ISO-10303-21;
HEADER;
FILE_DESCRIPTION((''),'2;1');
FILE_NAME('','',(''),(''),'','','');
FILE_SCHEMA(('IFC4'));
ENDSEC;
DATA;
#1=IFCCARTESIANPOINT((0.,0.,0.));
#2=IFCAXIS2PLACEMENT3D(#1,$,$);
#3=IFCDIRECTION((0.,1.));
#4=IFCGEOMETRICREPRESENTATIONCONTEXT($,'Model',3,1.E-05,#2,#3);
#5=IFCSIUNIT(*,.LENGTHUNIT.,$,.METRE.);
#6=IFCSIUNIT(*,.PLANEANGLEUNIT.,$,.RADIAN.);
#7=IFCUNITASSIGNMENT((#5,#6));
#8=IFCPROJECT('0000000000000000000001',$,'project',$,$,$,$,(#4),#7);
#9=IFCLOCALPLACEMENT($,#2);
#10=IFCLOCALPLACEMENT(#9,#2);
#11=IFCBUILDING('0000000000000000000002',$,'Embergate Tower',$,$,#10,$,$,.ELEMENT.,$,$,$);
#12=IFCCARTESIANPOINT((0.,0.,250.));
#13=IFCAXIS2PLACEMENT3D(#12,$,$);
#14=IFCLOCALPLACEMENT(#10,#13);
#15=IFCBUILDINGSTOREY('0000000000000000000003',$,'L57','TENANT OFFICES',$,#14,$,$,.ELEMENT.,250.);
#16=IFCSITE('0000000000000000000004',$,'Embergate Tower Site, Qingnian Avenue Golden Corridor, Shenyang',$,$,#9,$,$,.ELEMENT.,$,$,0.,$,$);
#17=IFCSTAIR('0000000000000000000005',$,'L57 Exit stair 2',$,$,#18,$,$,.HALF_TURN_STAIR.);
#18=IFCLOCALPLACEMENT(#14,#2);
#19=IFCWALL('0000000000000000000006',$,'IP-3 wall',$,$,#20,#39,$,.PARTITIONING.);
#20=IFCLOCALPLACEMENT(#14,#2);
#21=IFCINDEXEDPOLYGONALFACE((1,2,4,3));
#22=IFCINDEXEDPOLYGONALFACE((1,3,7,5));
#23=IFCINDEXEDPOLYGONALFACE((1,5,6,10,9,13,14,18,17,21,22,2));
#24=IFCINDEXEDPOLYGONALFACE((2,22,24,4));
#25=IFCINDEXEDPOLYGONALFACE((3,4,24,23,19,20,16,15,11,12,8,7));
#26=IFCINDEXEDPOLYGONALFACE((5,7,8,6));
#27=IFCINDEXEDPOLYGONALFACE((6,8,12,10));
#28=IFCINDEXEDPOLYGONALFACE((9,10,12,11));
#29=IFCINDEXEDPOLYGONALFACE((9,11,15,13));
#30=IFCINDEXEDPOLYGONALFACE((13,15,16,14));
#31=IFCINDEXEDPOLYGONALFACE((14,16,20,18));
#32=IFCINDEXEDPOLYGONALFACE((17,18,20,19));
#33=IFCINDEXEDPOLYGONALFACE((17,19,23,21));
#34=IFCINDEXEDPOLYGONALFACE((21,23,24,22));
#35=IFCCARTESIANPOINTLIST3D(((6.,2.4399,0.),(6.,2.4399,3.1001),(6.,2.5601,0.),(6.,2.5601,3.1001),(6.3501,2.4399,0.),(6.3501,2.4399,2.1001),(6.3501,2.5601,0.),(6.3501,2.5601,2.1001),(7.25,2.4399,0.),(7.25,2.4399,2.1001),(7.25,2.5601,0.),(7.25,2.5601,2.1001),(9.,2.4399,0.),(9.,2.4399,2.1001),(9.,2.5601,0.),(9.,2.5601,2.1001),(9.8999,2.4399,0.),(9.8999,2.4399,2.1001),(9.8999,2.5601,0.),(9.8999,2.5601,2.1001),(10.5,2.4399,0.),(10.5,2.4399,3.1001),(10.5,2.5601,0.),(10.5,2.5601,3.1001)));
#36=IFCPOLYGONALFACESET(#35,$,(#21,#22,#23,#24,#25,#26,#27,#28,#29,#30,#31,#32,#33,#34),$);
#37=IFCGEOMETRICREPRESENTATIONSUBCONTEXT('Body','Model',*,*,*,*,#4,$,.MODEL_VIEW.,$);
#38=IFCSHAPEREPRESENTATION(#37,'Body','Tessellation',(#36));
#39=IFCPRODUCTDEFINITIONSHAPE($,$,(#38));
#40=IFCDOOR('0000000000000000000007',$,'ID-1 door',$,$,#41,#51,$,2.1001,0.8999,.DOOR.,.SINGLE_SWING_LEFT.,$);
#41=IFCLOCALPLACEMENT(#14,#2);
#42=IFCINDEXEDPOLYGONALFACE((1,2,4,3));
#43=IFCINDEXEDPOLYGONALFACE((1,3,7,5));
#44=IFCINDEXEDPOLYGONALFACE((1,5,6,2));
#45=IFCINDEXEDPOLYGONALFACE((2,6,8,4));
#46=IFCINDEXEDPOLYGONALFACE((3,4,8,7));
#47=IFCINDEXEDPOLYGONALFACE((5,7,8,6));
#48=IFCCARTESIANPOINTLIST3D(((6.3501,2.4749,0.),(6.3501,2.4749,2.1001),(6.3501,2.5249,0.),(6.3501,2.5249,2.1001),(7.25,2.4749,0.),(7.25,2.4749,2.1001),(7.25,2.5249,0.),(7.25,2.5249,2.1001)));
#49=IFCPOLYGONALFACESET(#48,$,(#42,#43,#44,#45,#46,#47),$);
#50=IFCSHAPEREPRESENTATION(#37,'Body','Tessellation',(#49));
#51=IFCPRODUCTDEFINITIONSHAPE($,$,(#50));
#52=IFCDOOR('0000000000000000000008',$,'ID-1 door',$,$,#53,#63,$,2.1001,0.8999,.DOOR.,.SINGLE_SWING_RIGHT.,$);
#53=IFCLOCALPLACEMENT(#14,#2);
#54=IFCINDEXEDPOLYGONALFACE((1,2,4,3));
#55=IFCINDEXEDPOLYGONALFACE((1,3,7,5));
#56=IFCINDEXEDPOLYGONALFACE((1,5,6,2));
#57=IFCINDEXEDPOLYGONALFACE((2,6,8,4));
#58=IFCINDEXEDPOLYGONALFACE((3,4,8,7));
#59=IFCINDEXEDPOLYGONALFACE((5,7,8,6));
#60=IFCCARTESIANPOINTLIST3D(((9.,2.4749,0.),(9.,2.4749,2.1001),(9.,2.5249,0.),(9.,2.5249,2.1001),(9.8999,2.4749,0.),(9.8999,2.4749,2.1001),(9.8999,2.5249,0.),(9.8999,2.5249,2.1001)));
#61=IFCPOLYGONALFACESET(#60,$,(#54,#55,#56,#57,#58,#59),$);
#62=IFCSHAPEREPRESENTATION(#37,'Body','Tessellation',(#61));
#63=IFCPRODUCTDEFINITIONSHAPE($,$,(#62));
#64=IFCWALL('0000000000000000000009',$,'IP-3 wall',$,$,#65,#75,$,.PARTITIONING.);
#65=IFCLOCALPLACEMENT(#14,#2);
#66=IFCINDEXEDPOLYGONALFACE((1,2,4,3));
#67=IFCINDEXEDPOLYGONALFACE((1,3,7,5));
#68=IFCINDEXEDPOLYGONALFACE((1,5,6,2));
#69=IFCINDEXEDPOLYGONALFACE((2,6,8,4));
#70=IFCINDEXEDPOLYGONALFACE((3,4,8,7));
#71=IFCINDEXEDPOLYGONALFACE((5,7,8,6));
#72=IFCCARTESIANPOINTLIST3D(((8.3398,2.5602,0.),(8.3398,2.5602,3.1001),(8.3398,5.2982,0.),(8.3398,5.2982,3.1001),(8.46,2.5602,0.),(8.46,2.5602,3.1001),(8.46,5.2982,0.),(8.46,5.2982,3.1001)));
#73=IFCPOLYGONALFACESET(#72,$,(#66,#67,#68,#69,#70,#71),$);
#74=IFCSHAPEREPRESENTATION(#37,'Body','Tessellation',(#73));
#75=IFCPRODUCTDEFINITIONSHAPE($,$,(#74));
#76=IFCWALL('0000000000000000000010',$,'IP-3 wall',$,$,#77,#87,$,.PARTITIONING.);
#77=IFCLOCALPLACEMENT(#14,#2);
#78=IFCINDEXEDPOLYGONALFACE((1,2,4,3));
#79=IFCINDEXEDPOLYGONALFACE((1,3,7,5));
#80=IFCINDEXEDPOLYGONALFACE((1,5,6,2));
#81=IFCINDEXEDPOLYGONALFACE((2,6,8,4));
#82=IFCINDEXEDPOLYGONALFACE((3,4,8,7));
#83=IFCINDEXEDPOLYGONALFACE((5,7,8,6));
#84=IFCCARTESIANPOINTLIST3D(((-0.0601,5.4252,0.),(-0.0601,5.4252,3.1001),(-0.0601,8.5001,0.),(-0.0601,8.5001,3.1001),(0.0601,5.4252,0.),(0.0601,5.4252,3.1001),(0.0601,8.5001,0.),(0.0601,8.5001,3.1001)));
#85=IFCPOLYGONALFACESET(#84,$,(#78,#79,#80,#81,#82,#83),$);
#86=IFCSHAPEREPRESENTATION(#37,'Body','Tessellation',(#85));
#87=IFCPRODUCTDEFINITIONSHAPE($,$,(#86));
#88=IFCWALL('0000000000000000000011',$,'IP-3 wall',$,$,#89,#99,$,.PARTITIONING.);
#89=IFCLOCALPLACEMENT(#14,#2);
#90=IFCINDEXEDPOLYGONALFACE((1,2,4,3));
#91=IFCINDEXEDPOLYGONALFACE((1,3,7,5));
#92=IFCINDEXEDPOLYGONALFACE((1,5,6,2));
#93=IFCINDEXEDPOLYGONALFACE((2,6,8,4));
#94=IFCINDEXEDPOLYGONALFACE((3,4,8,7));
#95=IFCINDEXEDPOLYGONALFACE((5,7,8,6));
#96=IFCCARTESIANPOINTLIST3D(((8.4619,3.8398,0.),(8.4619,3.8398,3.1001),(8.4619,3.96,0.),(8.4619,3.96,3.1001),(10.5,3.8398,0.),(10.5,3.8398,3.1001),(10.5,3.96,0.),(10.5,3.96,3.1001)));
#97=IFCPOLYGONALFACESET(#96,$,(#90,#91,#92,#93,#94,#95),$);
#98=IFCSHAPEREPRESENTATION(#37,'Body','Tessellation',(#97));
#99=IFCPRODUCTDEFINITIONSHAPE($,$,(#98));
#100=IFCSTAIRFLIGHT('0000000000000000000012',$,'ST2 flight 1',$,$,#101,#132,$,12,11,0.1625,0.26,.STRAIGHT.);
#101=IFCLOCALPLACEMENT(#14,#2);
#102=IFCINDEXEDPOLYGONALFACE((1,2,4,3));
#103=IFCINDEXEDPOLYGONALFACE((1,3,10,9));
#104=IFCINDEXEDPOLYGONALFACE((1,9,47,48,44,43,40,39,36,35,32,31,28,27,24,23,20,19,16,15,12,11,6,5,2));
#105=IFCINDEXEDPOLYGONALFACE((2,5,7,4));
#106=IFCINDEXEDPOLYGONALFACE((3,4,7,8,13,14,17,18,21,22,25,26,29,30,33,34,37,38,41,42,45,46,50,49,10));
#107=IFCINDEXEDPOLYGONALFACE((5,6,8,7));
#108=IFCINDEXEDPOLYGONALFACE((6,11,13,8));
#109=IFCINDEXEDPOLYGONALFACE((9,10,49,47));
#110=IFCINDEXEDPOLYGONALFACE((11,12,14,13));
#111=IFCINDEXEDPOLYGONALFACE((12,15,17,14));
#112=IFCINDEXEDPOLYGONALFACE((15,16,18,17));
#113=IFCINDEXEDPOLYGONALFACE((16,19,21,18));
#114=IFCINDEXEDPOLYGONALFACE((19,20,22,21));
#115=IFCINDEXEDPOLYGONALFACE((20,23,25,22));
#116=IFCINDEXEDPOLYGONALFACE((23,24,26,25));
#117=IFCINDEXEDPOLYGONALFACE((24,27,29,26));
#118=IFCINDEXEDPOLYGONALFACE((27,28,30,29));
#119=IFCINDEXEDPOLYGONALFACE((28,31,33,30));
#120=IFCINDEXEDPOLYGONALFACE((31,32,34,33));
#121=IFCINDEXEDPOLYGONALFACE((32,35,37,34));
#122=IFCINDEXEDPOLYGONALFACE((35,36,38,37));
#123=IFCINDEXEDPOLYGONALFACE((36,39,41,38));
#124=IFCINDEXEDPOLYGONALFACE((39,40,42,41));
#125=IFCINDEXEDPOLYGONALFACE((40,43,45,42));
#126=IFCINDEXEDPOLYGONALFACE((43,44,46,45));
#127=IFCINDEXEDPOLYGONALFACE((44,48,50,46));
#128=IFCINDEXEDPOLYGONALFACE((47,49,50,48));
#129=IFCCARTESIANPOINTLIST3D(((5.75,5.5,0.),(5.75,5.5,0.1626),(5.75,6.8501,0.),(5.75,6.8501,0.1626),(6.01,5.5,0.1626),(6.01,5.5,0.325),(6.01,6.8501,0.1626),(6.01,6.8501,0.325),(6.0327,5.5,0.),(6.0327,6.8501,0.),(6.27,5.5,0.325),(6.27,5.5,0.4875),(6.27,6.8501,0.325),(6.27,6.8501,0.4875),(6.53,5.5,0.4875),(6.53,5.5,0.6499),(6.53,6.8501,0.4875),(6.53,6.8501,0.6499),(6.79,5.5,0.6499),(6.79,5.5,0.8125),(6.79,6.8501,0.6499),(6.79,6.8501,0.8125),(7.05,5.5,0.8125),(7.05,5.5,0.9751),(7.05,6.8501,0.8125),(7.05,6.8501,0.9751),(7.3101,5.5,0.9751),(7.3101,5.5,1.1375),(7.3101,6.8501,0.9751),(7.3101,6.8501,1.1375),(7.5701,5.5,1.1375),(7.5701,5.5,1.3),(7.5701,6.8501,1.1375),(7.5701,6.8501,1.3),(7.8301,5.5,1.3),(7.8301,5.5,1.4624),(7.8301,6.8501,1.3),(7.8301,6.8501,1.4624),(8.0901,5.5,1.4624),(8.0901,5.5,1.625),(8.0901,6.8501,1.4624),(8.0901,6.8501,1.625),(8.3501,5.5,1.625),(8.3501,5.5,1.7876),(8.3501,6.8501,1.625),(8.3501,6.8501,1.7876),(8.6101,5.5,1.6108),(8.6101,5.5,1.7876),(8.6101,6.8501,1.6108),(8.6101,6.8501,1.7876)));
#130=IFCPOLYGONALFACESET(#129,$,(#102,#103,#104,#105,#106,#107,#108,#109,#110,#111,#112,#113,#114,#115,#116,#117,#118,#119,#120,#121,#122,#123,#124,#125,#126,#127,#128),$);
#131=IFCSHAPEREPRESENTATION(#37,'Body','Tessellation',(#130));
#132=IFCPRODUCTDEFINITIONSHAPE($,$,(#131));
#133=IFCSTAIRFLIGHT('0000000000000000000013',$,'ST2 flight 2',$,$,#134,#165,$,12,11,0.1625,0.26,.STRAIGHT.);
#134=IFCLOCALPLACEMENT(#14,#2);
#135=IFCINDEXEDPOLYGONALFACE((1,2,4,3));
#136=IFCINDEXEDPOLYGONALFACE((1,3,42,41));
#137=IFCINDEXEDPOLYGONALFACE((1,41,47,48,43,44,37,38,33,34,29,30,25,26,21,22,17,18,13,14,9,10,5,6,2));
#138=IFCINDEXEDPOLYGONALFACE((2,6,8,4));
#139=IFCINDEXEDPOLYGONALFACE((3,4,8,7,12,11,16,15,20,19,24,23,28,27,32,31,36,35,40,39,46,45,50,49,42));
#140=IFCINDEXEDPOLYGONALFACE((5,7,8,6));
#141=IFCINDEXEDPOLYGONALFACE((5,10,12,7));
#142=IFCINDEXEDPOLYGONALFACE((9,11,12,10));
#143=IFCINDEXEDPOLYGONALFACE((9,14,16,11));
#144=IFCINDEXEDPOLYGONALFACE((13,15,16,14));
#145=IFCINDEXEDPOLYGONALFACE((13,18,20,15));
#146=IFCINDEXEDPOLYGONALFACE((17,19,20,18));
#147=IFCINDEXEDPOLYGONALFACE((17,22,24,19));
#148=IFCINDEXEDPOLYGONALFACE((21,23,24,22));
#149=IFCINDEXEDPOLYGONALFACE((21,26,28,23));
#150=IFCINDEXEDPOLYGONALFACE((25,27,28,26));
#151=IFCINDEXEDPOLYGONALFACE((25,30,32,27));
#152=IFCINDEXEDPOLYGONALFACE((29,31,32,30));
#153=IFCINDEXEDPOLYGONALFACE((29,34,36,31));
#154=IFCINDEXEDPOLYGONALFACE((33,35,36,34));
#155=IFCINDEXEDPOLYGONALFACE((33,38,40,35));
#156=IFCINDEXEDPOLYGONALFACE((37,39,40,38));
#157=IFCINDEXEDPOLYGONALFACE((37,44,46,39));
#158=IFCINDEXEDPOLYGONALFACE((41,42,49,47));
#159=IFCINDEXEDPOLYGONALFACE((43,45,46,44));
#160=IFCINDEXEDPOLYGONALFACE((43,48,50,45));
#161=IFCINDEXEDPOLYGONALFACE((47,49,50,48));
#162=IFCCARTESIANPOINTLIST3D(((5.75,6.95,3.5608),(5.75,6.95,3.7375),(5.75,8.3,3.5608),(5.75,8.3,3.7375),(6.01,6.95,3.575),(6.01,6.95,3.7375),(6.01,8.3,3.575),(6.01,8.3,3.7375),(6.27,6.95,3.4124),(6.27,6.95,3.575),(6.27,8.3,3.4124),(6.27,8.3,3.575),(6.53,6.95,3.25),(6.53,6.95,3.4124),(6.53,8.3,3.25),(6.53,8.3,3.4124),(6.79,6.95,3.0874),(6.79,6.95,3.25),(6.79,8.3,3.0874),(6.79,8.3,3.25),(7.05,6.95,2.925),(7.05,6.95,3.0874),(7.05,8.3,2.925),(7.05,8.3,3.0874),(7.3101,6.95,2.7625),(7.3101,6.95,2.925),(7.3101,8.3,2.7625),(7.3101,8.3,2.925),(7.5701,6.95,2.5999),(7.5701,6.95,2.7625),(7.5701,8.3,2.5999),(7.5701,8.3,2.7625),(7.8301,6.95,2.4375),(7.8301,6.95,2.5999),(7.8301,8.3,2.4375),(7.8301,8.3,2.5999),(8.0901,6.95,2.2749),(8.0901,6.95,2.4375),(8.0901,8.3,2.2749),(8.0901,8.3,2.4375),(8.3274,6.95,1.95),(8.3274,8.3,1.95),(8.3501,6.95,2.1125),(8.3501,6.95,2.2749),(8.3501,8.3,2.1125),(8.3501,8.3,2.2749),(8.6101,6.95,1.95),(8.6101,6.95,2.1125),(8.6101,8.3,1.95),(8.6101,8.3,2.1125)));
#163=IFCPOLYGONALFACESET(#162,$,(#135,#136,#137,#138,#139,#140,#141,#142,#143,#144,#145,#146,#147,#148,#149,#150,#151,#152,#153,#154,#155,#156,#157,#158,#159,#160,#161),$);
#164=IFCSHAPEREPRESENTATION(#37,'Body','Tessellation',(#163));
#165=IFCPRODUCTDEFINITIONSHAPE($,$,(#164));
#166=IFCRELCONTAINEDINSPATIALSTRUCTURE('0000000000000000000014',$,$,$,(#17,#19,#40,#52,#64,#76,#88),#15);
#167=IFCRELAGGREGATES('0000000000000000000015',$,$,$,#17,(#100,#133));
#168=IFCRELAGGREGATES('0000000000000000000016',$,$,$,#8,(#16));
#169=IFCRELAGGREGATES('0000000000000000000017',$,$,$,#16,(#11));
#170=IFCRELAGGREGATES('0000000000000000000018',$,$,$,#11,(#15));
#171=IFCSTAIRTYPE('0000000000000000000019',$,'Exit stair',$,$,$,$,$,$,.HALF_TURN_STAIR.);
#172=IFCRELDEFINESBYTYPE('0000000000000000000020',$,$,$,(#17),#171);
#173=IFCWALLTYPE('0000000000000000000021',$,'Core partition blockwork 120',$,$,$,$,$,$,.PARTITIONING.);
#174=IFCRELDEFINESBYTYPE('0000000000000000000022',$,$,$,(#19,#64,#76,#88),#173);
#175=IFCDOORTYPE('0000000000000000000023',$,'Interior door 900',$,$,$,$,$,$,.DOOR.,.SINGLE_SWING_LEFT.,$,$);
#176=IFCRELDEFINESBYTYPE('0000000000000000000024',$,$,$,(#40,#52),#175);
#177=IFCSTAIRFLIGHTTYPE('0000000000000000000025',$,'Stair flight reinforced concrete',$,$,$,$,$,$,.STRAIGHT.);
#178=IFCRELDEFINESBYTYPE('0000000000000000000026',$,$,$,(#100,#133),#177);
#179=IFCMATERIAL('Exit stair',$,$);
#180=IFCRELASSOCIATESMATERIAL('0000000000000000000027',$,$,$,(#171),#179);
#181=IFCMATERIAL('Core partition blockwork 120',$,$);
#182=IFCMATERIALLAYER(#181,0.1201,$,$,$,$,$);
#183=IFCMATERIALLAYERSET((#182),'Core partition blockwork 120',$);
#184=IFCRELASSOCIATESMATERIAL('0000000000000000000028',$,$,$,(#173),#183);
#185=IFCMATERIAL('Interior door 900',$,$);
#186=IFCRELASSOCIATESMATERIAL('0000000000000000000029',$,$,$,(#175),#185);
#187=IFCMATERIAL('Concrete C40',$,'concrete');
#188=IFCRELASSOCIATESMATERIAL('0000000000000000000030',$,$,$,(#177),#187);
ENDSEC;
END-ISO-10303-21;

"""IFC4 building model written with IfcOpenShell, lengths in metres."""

from ifc_helpers import new_model, si_unit, direction, frame, frame_2d, origin, place, context, subcontext, project, spatial, polyline, rectangle, outline, extrude, source, transform, mapped, material, layer, layer_set, type_object, element, fill, aggregate, save


model = new_model("IFC4")

# Units and contexts
model_context = context("Model", 3, precision=1e-05, world=origin(), true_north=direction((0.0, 1.0)))
body_context = subcontext(model_context, "Body", "Model", "MODEL_VIEW")
ifc_project = project(units=[si_unit("LENGTHUNIT", "METRE"), si_unit("PLANEANGLEUNIT", "RADIAN")], contexts=[model_context])

# Site, building, storey
site_placement = place(None, origin())
site = spatial("IfcSite", under=ifc_project, at=site_placement, Name="Embergate Tower Site, Qingnian Avenue Golden Corridor, Shenyang", CompositionType="ELEMENT", RefElevation=0.0)
building_placement = place(site_placement, origin())
building = spatial("IfcBuilding", under=site, at=building_placement, Name="Embergate Tower", CompositionType="ELEMENT")
storey_placement = place(building_placement, frame((0.0, 0.0, 250.0)))
storey = spatial("IfcBuildingStorey", under=building, at=storey_placement, Name="L57", Description="TENANT OFFICES", CompositionType="ELEMENT", Elevation=250.0)

# Stair
ifc_material_1 = material(Name="Exit stair")
stair_type = type_object("IfcStairType", Name="Exit stair", PredefinedType="HALF_TURN_STAIR", material=ifc_material_1)
stair_placement = place(storey_placement, origin())
stair = element("IfcStair", 1, at=stair_placement, inside=storey, type_object=stair_type, Name="L57 Exit stair 2", PredefinedType="HALF_TURN_STAIR")
ifc_material_2 = material(Name="Concrete C40", Category="concrete")

# Shared definitions
ifc_material_3 = material(Name="Core partition blockwork 120")
ifc_layer_1 = layer(ifc_material_3, 0.1201)
ifc_layer_set_1 = layer_set([ifc_layer_1], Name="Core partition blockwork 120")
wall_type_1 = type_object("IfcWallType", Name="Core partition blockwork 120", PredefinedType="PARTITIONING", material=ifc_layer_set_1)

# Wall, openings, doors
shared_shape_1 = source(origin(), body_context, "Body", "SweptSolid", [
    extrude(rectangle(XDim=4.5, YDim=0.1201, at=frame_2d((2.25, 0.0))), origin(), (0.0, 0.0, 1.0), 3.1001),
])
wall_1_placement = place(storey_placement, frame((6.0, 2.5, 0.0), z_axis=(0.0, 0.0, 1.0), x_axis=(1.0, 0.0, 0.0)))
wall_1 = element("IfcWall", 2, at=wall_1_placement, inside=storey, type_object=wall_type_1, Name="IP-3 wall", PredefinedType="PARTITIONING", context=body_context, shape_type="MappedRepresentation", body=[
    mapped(shared_shape_1, transform((0.0, 0.0, 0.0))),
])
shared_shape_2 = source(origin(), body_context, "Body", "SweptSolid", [
    extrude(rectangle(XDim=0.8999, YDim=2.1001, at=frame_2d((0.45, 1.05))), frame((0.0, 0.0701, 0.0), z_axis=(0.0, -1.0, 0.0), x_axis=(1.0, 0.0, 0.0)), (0.0, 0.0, 1.0), 0.1401),
])
opening_1_placement = place(wall_1_placement, frame((0.3501, 0.0, 0.0)))
opening_1 = element("IfcOpeningElement", 3, at=opening_1_placement, cuts=wall_1, PredefinedType="OPENING", context=body_context, shape_type="MappedRepresentation", body=[
    mapped(shared_shape_2, transform((0.0, 0.0, 0.0))),
])
opening_2_placement = place(wall_1_placement, frame((3.0, 0.0, 0.0)))
opening_2 = element("IfcOpeningElement", 4, at=opening_2_placement, cuts=wall_1, PredefinedType="OPENING", context=body_context, shape_type="MappedRepresentation", body=[
    mapped(shared_shape_2, transform((0.0, 0.0, 0.0))),
])
ifc_material_4 = material(Name="Interior door 900")
door_type_1 = type_object("IfcDoorType", Name="Interior door 900", OperationType="SINGLE_SWING_LEFT", PredefinedType="DOOR", material=ifc_material_4)
shared_shape_3 = source(origin(), body_context, "Body", "SweptSolid", [
    extrude(rectangle(XDim=0.8999, YDim=2.1001, at=frame_2d((0.45, 1.05))), frame((0.0, 0.0249, 0.0), z_axis=(0.0, -1.0, 0.0), x_axis=(1.0, 0.0, 0.0)), (0.0, 0.0, 1.0), 0.05),
])
door_1_placement = place(opening_1_placement, origin())
door_1 = element("IfcDoor", 5, at=door_1_placement, inside=storey, type_object=door_type_1, Name="ID-1 door", OperationType="SINGLE_SWING_LEFT", OverallHeight=2.1001, OverallWidth=0.8999, PredefinedType="DOOR", context=body_context, shape_type="MappedRepresentation", body=[
    mapped(shared_shape_3, transform((0.0, 0.0, 0.0))),
])
fill(opening_1, door_1)
door_2_placement = place(opening_2_placement, origin())
door_2 = element("IfcDoor", 6, at=door_2_placement, inside=storey, type_object=door_type_1, Name="ID-1 door", OperationType="SINGLE_SWING_RIGHT", OverallHeight=2.1001, OverallWidth=0.8999, PredefinedType="DOOR", context=body_context, shape_type="MappedRepresentation", body=[
    mapped(shared_shape_3, transform((0.0, 0.0, 0.0))),
])
fill(opening_2, door_2)

# Walls
shared_shape_4 = source(origin(), body_context, "Body", "SweptSolid", [
    extrude(rectangle(XDim=2.738, YDim=0.1201, at=frame_2d((1.3691, 0.0))), origin(), (0.0, 0.0, 1.0), 3.1001),
])
wall_2_placement = place(storey_placement, frame((8.3999, 2.5601, 0.0), z_axis=(0.0, 0.0, 1.0), x_axis=(0.0, 1.0, 0.0)))
element("IfcWall", 7, at=wall_2_placement, inside=storey, type_object=wall_type_1, Name="IP-3 wall", PredefinedType="PARTITIONING", context=body_context, shape_type="MappedRepresentation", body=[
    mapped(shared_shape_4, transform((0.0, 0.0, 0.0))),
])
shared_shape_5 = source(origin(), body_context, "Body", "SweptSolid", [
    extrude(rectangle(XDim=3.075, YDim=0.1201, at=frame_2d((1.5376, 0.0))), origin(), (0.0, 0.0, 1.0), 3.1001),
])
wall_3_placement = place(storey_placement, frame((0.0, 5.425, 0.0), z_axis=(0.0, 0.0, 1.0), x_axis=(0.0, 1.0, 0.0)))
element("IfcWall", 8, at=wall_3_placement, inside=storey, type_object=wall_type_1, Name="IP-3 wall", PredefinedType="PARTITIONING", context=body_context, shape_type="MappedRepresentation", body=[
    mapped(shared_shape_5, transform((0.0, 0.0, 0.0))),
])
shared_shape_6 = source(origin(), body_context, "Body", "SweptSolid", [
    extrude(rectangle(XDim=2.0381, YDim=0.1201, at=frame_2d((1.019, 0.0))), origin(), (0.0, 0.0, 1.0), 3.1001),
])
wall_4_placement = place(storey_placement, frame((10.5, 3.8999, 0.0), z_axis=(0.0, 0.0, 1.0), x_axis=(-1.0, 0.0, 0.0)))
element("IfcWall", 9, at=wall_4_placement, inside=storey, type_object=wall_type_1, Name="IP-3 wall", PredefinedType="PARTITIONING", context=body_context, shape_type="MappedRepresentation", body=[
    mapped(shared_shape_6, transform((0.0, 0.0, 0.0))),
])

# Stair flights
stair_flight_type = type_object("IfcStairFlightType", Name="Stair flight reinforced concrete", PredefinedType="STRAIGHT", material=ifc_material_2)
shared_shape_7 = source(origin(), body_context, "Body", "SweptSolid", [
    extrude(outline(polyline([(0.0, 0.0), (0.0, 0.1626), (0.26, 0.1626), (0.26, 0.325), (0.52, 0.325), (0.52, 0.4875), (0.78, 0.4875), (0.78, 0.6499), (1.04, 0.6499), (1.04, 0.8125), (1.3, 0.8125), (1.3, 0.9751), (1.5601, 0.9751), (1.5601, 1.1375), (1.8201, 1.1375), (1.8201, 1.3), (2.0801, 1.3), (2.0801, 1.4624), (2.3401, 1.4624), (2.3401, 1.625), (2.6001, 1.625), (2.6001, 1.7876), (2.8601, 1.7876), (2.8601, 1.95), (2.8601, 1.6108), (0.2827, 0.0), (0.0, 0.0)])), frame((0.0, 0.675, 0.0), z_axis=(0.0, -1.0, 0.0), x_axis=(1.0, 0.0, 0.0)), (0.0, 0.0, 1.0), 1.3501),
])
stair_flight_1_placement = place(storey_placement, frame((5.75, 6.175, 0.0), z_axis=(0.0, 0.0, 1.0), x_axis=(1.0, 0.0, 0.0)))
stair_flight_1 = element("IfcStairFlight", 10, at=stair_flight_1_placement, type_object=stair_flight_type, Name="ST2 flight 1", NumberOfRisers=12, NumberOfTreads=11, PredefinedType="STRAIGHT", RiserHeight=0.1625, TreadLength=0.26, context=body_context, shape_type="MappedRepresentation", body=[
    mapped(shared_shape_7, transform((0.0, 0.0, 0.0))),
])
stair_flight_2_placement = place(storey_placement, frame((8.6101, 7.625, 1.95), z_axis=(0.0, 0.0, 1.0), x_axis=(-1.0, 0.0, 0.0)))
stair_flight_2 = element("IfcStairFlight", 11, at=stair_flight_2_placement, type_object=stair_flight_type, Name="ST2 flight 2", NumberOfRisers=12, NumberOfTreads=11, PredefinedType="STRAIGHT", RiserHeight=0.1625, TreadLength=0.26, context=body_context, shape_type="MappedRepresentation", body=[
    mapped(shared_shape_7, transform((0.0, 0.0, 0.0))),
])
aggregate(stair, [stair_flight_1, stair_flight_2])

save(model, "model.ifc")
